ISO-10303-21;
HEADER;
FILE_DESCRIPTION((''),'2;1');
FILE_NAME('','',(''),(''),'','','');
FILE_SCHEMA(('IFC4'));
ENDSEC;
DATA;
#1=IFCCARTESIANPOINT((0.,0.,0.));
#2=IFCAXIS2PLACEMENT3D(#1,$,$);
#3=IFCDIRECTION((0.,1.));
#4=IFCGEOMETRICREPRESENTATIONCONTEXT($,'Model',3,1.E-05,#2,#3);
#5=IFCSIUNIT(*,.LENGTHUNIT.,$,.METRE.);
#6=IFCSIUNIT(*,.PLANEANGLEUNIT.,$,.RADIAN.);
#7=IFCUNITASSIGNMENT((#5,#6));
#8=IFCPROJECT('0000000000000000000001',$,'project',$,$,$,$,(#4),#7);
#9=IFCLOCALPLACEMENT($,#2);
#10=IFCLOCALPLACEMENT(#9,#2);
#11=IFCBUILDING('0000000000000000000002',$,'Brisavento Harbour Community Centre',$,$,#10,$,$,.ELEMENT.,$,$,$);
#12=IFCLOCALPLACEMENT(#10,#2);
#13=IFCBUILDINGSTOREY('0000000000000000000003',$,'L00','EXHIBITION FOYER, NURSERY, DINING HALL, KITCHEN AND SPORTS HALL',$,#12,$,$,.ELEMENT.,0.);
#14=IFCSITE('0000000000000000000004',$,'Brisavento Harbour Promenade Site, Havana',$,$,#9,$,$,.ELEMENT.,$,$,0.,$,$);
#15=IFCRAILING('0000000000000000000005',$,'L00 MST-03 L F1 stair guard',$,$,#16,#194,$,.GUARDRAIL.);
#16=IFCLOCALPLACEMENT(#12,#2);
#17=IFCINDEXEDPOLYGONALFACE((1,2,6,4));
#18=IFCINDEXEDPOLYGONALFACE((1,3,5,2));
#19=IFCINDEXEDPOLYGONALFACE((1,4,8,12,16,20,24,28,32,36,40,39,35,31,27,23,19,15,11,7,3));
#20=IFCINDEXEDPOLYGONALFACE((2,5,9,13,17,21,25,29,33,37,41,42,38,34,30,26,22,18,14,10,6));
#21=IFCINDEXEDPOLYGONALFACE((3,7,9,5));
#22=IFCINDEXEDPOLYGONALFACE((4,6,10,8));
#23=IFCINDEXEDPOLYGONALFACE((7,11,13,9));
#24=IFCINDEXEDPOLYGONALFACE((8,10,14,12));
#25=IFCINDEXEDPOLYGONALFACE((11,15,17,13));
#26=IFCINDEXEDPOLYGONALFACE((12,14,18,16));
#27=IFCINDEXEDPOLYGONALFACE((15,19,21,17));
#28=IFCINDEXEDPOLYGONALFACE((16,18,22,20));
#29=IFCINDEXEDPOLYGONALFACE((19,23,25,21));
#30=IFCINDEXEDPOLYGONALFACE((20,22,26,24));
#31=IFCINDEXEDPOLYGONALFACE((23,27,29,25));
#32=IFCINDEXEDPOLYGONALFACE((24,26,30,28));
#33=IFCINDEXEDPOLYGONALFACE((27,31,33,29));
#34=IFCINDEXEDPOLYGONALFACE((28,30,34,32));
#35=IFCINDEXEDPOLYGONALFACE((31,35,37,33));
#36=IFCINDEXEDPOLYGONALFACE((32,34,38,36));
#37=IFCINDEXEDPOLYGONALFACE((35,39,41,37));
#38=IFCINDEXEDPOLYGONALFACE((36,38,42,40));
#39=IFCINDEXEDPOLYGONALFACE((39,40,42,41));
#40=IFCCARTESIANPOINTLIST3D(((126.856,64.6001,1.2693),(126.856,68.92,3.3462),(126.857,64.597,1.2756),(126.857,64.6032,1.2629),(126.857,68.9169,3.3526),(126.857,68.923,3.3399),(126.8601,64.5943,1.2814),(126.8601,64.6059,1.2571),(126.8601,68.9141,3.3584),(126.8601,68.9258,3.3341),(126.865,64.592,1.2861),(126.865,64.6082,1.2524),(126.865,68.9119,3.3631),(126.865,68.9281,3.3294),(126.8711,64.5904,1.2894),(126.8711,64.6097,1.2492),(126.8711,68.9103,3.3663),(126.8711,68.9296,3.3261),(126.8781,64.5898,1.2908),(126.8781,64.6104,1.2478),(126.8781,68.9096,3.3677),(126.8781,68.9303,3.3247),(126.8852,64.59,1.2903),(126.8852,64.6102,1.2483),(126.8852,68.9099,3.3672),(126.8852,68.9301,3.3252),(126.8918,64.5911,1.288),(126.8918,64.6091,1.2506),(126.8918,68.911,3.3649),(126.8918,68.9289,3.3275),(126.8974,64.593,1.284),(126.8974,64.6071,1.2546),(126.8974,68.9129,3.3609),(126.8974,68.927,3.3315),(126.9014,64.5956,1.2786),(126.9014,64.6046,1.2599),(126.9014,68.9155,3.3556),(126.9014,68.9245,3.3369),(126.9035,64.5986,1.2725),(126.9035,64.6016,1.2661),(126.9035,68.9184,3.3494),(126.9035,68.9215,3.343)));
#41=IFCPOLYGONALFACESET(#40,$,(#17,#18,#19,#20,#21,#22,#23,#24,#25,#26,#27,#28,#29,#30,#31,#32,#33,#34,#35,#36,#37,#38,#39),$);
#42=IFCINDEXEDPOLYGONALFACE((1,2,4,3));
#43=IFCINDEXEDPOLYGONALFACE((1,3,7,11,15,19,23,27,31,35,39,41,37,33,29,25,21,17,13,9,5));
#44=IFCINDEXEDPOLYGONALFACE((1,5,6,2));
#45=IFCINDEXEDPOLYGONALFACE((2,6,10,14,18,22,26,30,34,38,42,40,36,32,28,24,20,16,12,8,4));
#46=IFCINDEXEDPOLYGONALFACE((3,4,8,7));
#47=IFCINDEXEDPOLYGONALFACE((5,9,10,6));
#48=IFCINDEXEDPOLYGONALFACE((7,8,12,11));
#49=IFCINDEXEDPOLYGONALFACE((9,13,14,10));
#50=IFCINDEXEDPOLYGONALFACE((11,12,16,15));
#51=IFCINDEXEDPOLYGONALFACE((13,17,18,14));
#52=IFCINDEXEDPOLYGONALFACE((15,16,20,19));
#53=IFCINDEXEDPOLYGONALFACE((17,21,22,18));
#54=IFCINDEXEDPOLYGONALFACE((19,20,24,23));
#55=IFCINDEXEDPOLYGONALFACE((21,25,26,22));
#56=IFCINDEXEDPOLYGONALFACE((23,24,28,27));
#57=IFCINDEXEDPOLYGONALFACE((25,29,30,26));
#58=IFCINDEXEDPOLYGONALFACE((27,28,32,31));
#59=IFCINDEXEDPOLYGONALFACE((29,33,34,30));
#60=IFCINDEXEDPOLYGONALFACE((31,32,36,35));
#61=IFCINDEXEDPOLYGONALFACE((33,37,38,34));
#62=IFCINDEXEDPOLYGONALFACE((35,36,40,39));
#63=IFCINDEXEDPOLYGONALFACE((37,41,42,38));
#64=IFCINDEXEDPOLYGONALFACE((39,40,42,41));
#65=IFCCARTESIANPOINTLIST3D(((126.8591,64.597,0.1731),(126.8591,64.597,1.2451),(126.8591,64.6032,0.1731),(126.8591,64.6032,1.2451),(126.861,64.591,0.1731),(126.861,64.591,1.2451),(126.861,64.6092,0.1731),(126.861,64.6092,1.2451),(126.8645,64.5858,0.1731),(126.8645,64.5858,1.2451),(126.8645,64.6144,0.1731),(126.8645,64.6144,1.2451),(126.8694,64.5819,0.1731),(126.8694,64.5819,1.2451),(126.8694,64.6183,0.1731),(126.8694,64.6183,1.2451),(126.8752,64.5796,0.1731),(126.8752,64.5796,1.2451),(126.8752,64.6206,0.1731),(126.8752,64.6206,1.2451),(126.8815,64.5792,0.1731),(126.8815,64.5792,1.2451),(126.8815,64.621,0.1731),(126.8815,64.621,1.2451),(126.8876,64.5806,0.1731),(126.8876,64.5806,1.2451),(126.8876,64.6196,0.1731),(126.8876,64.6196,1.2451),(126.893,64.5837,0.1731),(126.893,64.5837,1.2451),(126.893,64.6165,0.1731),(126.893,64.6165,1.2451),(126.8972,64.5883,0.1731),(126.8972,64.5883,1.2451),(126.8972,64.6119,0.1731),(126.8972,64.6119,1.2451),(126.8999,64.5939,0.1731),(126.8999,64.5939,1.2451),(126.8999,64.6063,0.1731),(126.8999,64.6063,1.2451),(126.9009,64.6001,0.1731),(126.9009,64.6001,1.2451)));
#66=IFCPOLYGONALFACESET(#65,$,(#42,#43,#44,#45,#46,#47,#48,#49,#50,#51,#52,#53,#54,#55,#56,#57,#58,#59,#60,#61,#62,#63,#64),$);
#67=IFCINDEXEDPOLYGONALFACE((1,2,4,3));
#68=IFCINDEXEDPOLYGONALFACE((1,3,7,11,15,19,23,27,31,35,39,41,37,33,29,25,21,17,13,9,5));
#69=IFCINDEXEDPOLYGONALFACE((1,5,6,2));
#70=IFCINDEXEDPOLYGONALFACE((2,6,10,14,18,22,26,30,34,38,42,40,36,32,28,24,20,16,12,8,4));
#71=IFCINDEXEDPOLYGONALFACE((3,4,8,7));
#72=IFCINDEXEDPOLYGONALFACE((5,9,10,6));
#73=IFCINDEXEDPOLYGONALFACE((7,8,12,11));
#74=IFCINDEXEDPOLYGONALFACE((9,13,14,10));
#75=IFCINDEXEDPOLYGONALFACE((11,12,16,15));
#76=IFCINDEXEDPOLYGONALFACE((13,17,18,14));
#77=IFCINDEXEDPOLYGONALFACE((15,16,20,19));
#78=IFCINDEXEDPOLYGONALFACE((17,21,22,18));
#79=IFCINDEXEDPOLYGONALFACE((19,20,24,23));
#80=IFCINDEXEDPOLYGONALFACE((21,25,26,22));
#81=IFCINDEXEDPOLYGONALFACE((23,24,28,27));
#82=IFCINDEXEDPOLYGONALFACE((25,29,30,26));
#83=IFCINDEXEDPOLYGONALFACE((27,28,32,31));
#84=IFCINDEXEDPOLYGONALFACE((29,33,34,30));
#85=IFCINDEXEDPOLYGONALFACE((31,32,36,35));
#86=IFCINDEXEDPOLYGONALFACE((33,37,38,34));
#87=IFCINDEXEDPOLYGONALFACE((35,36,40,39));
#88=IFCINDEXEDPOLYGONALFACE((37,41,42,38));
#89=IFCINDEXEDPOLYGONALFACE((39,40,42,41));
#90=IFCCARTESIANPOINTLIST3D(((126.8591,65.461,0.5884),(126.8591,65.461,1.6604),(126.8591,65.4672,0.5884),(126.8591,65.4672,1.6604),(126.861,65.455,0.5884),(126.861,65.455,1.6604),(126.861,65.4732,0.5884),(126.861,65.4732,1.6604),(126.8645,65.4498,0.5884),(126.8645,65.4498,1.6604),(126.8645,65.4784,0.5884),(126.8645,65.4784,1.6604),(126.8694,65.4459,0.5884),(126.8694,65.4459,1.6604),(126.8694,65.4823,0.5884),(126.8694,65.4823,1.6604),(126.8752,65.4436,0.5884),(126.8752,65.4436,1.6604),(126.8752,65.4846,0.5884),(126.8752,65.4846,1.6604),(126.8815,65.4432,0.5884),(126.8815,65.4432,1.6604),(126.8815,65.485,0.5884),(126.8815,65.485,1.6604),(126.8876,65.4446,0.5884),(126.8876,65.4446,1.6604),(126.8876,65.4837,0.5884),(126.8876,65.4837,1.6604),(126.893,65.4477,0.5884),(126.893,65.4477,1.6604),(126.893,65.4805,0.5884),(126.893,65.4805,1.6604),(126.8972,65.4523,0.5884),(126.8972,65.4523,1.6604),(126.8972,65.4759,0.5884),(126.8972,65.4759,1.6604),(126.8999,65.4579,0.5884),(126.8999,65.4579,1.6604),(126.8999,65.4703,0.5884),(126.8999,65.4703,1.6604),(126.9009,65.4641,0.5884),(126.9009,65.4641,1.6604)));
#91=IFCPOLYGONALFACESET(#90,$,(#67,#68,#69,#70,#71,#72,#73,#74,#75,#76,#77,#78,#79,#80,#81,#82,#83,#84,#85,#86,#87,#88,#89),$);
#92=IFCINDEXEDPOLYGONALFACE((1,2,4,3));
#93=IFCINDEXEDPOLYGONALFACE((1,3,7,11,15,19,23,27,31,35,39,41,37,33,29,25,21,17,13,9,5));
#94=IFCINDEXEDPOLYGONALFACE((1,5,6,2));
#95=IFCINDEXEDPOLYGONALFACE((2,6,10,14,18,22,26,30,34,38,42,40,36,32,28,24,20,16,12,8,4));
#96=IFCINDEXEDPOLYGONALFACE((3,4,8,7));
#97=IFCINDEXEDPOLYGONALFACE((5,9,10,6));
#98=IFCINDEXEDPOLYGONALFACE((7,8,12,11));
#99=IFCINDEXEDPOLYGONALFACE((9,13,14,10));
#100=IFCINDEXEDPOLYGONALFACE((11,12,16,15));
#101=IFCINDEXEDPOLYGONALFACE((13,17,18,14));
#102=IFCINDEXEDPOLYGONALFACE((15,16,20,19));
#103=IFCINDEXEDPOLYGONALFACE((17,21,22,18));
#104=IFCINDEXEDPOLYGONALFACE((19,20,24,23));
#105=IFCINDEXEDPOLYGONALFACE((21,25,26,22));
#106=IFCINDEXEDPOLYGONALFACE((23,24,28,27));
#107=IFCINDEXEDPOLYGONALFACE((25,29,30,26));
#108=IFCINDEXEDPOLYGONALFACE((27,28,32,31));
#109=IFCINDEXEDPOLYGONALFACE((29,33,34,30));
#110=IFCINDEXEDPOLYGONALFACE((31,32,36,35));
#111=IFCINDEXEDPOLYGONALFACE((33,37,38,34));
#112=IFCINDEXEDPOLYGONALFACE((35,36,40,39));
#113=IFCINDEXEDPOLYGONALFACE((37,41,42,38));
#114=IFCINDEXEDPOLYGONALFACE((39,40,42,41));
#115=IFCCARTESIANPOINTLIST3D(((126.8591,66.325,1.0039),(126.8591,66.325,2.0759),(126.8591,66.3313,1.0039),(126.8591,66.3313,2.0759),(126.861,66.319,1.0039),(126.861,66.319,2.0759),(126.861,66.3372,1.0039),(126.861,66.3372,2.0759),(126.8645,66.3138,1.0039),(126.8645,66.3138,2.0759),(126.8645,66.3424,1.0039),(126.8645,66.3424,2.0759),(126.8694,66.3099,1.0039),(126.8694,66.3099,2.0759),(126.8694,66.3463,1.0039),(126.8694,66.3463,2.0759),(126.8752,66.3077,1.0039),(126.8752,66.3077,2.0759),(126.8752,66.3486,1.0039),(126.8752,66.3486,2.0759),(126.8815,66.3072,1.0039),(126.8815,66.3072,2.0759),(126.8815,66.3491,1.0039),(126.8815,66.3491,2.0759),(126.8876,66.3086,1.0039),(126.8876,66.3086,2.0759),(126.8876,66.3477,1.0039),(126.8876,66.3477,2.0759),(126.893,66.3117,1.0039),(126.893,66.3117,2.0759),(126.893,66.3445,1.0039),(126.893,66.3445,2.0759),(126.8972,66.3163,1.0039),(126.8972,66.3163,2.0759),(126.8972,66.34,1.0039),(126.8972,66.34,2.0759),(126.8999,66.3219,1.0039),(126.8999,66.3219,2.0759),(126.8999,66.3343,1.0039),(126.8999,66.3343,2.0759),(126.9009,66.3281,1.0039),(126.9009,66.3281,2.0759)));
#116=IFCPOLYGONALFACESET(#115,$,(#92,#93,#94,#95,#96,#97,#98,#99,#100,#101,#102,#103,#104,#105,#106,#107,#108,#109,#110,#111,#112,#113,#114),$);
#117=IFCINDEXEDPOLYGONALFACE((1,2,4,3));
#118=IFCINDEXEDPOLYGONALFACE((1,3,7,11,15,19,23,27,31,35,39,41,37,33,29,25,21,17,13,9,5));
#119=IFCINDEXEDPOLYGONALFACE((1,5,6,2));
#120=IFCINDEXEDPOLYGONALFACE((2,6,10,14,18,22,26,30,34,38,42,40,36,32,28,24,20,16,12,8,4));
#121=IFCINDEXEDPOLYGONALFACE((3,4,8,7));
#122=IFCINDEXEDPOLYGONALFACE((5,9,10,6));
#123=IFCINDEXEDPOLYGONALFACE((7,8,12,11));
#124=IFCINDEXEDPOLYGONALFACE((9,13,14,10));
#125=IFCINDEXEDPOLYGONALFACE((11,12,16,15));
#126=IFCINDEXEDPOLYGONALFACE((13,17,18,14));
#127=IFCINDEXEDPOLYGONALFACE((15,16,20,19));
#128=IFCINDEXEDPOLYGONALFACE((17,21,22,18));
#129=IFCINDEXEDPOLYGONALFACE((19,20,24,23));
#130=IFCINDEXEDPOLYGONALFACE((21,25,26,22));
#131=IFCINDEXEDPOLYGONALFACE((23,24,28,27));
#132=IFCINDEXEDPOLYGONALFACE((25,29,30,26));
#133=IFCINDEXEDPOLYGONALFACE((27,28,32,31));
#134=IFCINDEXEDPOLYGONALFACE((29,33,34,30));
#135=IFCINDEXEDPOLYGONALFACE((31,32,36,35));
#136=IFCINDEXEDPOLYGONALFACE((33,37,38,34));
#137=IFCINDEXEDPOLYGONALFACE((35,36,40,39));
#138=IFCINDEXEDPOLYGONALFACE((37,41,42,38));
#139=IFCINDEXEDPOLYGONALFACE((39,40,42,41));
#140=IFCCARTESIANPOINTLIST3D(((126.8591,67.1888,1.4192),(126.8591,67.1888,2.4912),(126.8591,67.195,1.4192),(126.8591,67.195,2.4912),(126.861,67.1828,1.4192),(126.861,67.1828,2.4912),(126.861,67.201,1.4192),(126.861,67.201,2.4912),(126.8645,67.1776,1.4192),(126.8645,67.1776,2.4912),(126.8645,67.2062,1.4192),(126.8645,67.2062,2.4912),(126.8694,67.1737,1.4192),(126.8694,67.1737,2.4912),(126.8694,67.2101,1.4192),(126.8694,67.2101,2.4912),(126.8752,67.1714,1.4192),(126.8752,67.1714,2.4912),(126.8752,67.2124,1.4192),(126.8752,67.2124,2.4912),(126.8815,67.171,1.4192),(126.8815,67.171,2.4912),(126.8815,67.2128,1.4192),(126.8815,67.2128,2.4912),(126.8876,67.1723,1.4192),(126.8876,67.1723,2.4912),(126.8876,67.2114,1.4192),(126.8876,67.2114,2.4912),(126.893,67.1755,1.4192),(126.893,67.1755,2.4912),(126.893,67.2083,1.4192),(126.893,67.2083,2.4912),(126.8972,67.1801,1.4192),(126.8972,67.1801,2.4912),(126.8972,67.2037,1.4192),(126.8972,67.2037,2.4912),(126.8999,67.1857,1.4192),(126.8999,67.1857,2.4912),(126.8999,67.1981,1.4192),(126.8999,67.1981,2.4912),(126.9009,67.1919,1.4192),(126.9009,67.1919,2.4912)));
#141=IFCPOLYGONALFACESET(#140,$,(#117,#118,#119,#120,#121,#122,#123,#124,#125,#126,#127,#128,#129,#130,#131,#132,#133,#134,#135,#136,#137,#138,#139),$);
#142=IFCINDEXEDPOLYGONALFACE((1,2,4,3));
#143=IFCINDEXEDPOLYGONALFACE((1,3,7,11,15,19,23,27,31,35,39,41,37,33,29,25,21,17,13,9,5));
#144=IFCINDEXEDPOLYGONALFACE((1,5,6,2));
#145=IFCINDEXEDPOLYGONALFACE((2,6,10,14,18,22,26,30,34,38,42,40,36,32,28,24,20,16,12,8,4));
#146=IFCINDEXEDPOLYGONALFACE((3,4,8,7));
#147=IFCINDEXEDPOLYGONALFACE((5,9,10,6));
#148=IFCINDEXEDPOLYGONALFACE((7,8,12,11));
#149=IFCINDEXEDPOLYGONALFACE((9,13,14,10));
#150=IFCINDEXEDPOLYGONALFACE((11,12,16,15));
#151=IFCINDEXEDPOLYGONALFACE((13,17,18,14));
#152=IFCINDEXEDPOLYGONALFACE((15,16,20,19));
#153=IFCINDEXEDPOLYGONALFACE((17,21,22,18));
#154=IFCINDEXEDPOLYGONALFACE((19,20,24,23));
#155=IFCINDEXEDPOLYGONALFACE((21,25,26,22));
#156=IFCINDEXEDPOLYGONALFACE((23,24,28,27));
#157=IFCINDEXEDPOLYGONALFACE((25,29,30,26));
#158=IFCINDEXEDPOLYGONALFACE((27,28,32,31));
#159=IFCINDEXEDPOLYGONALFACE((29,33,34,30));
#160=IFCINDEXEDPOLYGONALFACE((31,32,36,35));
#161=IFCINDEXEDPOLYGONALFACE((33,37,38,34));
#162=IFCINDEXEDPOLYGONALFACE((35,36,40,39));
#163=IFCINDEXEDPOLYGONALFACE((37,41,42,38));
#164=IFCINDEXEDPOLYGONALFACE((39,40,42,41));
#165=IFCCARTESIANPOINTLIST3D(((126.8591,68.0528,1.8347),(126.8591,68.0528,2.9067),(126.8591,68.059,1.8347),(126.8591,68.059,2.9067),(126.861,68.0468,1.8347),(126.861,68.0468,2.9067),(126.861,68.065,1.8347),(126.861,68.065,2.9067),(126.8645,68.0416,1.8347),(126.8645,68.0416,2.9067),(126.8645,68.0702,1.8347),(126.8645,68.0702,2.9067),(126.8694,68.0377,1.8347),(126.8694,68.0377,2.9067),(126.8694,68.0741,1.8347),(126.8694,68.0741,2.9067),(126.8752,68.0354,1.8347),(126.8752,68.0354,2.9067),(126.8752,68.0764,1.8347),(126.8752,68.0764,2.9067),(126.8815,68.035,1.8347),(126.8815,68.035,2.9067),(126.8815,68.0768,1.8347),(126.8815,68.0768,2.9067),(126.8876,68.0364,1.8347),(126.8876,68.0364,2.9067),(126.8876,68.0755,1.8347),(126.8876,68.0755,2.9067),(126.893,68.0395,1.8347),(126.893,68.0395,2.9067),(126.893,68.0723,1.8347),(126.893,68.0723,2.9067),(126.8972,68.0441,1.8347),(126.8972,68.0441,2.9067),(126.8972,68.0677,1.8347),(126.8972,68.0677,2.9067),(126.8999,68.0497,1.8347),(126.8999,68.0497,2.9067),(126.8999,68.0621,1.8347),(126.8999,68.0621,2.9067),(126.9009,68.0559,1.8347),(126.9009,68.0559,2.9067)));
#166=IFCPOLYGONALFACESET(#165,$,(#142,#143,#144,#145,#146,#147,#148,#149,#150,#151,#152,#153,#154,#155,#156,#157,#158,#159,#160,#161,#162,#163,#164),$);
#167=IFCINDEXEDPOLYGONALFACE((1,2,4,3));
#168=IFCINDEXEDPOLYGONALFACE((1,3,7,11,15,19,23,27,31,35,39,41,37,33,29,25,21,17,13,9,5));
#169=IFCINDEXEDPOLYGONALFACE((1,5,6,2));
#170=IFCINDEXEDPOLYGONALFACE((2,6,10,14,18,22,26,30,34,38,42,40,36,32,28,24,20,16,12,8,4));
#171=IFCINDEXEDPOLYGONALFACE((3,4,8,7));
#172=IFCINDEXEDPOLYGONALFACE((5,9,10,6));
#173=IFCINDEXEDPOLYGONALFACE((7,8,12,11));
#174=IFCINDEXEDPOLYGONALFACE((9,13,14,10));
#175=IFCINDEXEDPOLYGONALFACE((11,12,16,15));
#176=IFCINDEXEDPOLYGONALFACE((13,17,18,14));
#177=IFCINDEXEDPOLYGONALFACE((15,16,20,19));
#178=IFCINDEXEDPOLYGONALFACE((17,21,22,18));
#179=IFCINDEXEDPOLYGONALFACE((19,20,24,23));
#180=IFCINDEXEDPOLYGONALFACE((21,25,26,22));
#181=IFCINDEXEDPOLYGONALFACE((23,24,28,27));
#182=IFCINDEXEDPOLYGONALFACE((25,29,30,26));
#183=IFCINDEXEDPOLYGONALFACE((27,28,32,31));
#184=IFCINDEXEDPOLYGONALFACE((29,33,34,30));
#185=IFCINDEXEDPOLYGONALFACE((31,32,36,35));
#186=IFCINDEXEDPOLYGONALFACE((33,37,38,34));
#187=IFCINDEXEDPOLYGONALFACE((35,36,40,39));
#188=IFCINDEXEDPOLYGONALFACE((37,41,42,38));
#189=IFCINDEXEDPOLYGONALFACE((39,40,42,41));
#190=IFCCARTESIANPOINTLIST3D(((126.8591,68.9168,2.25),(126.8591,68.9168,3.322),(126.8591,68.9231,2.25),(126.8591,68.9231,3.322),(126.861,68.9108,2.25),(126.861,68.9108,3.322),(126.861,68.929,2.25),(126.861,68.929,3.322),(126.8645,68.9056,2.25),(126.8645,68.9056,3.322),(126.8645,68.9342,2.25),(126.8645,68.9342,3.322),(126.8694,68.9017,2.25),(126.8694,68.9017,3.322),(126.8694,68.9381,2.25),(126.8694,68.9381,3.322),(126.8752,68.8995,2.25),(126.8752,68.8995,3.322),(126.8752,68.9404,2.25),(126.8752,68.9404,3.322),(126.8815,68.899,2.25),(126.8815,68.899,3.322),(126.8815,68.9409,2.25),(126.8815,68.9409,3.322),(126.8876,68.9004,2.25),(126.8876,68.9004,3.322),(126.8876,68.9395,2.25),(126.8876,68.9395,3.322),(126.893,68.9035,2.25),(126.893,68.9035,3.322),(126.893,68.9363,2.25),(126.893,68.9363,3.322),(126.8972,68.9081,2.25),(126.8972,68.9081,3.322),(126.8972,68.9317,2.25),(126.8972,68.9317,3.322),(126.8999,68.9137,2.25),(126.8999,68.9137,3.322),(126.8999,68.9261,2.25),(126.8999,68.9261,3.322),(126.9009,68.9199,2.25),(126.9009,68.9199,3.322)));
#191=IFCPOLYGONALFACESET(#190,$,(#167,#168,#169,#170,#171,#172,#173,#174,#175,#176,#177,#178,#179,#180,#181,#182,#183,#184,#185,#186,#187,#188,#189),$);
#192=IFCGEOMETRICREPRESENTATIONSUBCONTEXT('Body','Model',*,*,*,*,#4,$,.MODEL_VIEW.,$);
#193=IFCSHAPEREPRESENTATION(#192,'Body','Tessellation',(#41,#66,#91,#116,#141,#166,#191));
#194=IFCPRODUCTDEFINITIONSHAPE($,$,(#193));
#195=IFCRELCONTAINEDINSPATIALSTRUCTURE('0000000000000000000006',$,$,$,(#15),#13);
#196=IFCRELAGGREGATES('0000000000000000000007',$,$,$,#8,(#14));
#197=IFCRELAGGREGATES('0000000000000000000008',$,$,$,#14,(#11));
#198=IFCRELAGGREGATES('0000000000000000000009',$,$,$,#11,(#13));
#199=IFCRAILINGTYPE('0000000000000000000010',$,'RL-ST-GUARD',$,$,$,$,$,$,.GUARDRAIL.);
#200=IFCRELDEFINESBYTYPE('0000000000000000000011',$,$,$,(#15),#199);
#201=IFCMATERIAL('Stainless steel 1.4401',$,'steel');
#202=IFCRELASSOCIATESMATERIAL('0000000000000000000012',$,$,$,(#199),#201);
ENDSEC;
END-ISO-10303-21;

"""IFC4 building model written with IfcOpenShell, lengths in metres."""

from ifc_helpers import new_model, si_unit, direction, frame, origin, origin_2d, place, context, subcontext, project, spatial, circle, extrude, material, type_object, element, save


model = new_model("IFC4")

# Units and contexts
model_context = context("Model", 3, precision=1e-05, world=origin(), true_north=direction((0.0, 1.0)))
body_context = subcontext(model_context, "Body", "Model", "MODEL_VIEW")
ifc_project = project(units=[si_unit("LENGTHUNIT", "METRE"), si_unit("PLANEANGLEUNIT", "RADIAN")], contexts=[model_context])

# Site, building, storey
site_placement = place(None, origin())
site = spatial("IfcSite", under=ifc_project, at=site_placement, Name="Brisavento Harbour Promenade Site, Havana", CompositionType="ELEMENT", RefElevation=0.0)
building_placement = place(site_placement, origin())
building = spatial("IfcBuilding", under=site, at=building_placement, Name="Brisavento Harbour Community Centre", CompositionType="ELEMENT")
storey_placement = place(building_placement, origin())
storey = spatial("IfcBuildingStorey", under=building, at=storey_placement, Name="L00", Description="EXHIBITION FOYER, NURSERY, DINING HALL, KITCHEN AND SPORTS HALL", CompositionType="ELEMENT", Elevation=0.0)

# Railing
ifc_material_1 = material(Name="Stainless steel 1.4401", Category="steel")
railing_type = type_object("IfcRailingType", Name="RL-ST-GUARD", PredefinedType="GUARDRAIL", material=ifc_material_1)
railing_1_placement = place(storey_placement, frame((126.8799, 64.6001, 0.1731)))
element("IfcRailing", 1, at=railing_1_placement, inside=storey, type_object=railing_type, Name="L00 MST-03 L F1 stair guard", PredefinedType="GUARDRAIL", context=body_context, shape_type="SweptSolid", body=[
    extrude(circle(Radius=0.0239, at=origin_2d()), frame((0.0, 0.0, 1.0962), z_axis=(0.0, 0.901247, 0.433306), x_axis=(-1.0, 0.0, 0.0)), (0.0, 0.0, 1.0), 4.7932),
    extrude(circle(Radius=0.021, at=origin_2d()), origin(), (0.0, 0.0, 1.0), 1.072),
    extrude(circle(Radius=0.021, at=origin_2d()), frame((0.0, 0.864, 0.4153)), (0.0, 0.0, 1.0), 1.072),
    extrude(circle(Radius=0.021, at=origin_2d()), frame((0.0, 1.728, 0.8308)), (0.0, 0.0, 1.0), 1.072),
    extrude(circle(Radius=0.021, at=origin_2d()), frame((0.0, 2.5918, 1.2461)), (0.0, 0.0, 1.0), 1.072),
    extrude(circle(Radius=0.021, at=origin_2d()), frame((0.0, 3.4558, 1.6616)), (0.0, 0.0, 1.0), 1.072),
    extrude(circle(Radius=0.021, at=origin_2d()), frame((0.0, 4.3198, 2.0769)), (0.0, 0.0, 1.0), 1.072),
])

save(model, "model.ifc")
